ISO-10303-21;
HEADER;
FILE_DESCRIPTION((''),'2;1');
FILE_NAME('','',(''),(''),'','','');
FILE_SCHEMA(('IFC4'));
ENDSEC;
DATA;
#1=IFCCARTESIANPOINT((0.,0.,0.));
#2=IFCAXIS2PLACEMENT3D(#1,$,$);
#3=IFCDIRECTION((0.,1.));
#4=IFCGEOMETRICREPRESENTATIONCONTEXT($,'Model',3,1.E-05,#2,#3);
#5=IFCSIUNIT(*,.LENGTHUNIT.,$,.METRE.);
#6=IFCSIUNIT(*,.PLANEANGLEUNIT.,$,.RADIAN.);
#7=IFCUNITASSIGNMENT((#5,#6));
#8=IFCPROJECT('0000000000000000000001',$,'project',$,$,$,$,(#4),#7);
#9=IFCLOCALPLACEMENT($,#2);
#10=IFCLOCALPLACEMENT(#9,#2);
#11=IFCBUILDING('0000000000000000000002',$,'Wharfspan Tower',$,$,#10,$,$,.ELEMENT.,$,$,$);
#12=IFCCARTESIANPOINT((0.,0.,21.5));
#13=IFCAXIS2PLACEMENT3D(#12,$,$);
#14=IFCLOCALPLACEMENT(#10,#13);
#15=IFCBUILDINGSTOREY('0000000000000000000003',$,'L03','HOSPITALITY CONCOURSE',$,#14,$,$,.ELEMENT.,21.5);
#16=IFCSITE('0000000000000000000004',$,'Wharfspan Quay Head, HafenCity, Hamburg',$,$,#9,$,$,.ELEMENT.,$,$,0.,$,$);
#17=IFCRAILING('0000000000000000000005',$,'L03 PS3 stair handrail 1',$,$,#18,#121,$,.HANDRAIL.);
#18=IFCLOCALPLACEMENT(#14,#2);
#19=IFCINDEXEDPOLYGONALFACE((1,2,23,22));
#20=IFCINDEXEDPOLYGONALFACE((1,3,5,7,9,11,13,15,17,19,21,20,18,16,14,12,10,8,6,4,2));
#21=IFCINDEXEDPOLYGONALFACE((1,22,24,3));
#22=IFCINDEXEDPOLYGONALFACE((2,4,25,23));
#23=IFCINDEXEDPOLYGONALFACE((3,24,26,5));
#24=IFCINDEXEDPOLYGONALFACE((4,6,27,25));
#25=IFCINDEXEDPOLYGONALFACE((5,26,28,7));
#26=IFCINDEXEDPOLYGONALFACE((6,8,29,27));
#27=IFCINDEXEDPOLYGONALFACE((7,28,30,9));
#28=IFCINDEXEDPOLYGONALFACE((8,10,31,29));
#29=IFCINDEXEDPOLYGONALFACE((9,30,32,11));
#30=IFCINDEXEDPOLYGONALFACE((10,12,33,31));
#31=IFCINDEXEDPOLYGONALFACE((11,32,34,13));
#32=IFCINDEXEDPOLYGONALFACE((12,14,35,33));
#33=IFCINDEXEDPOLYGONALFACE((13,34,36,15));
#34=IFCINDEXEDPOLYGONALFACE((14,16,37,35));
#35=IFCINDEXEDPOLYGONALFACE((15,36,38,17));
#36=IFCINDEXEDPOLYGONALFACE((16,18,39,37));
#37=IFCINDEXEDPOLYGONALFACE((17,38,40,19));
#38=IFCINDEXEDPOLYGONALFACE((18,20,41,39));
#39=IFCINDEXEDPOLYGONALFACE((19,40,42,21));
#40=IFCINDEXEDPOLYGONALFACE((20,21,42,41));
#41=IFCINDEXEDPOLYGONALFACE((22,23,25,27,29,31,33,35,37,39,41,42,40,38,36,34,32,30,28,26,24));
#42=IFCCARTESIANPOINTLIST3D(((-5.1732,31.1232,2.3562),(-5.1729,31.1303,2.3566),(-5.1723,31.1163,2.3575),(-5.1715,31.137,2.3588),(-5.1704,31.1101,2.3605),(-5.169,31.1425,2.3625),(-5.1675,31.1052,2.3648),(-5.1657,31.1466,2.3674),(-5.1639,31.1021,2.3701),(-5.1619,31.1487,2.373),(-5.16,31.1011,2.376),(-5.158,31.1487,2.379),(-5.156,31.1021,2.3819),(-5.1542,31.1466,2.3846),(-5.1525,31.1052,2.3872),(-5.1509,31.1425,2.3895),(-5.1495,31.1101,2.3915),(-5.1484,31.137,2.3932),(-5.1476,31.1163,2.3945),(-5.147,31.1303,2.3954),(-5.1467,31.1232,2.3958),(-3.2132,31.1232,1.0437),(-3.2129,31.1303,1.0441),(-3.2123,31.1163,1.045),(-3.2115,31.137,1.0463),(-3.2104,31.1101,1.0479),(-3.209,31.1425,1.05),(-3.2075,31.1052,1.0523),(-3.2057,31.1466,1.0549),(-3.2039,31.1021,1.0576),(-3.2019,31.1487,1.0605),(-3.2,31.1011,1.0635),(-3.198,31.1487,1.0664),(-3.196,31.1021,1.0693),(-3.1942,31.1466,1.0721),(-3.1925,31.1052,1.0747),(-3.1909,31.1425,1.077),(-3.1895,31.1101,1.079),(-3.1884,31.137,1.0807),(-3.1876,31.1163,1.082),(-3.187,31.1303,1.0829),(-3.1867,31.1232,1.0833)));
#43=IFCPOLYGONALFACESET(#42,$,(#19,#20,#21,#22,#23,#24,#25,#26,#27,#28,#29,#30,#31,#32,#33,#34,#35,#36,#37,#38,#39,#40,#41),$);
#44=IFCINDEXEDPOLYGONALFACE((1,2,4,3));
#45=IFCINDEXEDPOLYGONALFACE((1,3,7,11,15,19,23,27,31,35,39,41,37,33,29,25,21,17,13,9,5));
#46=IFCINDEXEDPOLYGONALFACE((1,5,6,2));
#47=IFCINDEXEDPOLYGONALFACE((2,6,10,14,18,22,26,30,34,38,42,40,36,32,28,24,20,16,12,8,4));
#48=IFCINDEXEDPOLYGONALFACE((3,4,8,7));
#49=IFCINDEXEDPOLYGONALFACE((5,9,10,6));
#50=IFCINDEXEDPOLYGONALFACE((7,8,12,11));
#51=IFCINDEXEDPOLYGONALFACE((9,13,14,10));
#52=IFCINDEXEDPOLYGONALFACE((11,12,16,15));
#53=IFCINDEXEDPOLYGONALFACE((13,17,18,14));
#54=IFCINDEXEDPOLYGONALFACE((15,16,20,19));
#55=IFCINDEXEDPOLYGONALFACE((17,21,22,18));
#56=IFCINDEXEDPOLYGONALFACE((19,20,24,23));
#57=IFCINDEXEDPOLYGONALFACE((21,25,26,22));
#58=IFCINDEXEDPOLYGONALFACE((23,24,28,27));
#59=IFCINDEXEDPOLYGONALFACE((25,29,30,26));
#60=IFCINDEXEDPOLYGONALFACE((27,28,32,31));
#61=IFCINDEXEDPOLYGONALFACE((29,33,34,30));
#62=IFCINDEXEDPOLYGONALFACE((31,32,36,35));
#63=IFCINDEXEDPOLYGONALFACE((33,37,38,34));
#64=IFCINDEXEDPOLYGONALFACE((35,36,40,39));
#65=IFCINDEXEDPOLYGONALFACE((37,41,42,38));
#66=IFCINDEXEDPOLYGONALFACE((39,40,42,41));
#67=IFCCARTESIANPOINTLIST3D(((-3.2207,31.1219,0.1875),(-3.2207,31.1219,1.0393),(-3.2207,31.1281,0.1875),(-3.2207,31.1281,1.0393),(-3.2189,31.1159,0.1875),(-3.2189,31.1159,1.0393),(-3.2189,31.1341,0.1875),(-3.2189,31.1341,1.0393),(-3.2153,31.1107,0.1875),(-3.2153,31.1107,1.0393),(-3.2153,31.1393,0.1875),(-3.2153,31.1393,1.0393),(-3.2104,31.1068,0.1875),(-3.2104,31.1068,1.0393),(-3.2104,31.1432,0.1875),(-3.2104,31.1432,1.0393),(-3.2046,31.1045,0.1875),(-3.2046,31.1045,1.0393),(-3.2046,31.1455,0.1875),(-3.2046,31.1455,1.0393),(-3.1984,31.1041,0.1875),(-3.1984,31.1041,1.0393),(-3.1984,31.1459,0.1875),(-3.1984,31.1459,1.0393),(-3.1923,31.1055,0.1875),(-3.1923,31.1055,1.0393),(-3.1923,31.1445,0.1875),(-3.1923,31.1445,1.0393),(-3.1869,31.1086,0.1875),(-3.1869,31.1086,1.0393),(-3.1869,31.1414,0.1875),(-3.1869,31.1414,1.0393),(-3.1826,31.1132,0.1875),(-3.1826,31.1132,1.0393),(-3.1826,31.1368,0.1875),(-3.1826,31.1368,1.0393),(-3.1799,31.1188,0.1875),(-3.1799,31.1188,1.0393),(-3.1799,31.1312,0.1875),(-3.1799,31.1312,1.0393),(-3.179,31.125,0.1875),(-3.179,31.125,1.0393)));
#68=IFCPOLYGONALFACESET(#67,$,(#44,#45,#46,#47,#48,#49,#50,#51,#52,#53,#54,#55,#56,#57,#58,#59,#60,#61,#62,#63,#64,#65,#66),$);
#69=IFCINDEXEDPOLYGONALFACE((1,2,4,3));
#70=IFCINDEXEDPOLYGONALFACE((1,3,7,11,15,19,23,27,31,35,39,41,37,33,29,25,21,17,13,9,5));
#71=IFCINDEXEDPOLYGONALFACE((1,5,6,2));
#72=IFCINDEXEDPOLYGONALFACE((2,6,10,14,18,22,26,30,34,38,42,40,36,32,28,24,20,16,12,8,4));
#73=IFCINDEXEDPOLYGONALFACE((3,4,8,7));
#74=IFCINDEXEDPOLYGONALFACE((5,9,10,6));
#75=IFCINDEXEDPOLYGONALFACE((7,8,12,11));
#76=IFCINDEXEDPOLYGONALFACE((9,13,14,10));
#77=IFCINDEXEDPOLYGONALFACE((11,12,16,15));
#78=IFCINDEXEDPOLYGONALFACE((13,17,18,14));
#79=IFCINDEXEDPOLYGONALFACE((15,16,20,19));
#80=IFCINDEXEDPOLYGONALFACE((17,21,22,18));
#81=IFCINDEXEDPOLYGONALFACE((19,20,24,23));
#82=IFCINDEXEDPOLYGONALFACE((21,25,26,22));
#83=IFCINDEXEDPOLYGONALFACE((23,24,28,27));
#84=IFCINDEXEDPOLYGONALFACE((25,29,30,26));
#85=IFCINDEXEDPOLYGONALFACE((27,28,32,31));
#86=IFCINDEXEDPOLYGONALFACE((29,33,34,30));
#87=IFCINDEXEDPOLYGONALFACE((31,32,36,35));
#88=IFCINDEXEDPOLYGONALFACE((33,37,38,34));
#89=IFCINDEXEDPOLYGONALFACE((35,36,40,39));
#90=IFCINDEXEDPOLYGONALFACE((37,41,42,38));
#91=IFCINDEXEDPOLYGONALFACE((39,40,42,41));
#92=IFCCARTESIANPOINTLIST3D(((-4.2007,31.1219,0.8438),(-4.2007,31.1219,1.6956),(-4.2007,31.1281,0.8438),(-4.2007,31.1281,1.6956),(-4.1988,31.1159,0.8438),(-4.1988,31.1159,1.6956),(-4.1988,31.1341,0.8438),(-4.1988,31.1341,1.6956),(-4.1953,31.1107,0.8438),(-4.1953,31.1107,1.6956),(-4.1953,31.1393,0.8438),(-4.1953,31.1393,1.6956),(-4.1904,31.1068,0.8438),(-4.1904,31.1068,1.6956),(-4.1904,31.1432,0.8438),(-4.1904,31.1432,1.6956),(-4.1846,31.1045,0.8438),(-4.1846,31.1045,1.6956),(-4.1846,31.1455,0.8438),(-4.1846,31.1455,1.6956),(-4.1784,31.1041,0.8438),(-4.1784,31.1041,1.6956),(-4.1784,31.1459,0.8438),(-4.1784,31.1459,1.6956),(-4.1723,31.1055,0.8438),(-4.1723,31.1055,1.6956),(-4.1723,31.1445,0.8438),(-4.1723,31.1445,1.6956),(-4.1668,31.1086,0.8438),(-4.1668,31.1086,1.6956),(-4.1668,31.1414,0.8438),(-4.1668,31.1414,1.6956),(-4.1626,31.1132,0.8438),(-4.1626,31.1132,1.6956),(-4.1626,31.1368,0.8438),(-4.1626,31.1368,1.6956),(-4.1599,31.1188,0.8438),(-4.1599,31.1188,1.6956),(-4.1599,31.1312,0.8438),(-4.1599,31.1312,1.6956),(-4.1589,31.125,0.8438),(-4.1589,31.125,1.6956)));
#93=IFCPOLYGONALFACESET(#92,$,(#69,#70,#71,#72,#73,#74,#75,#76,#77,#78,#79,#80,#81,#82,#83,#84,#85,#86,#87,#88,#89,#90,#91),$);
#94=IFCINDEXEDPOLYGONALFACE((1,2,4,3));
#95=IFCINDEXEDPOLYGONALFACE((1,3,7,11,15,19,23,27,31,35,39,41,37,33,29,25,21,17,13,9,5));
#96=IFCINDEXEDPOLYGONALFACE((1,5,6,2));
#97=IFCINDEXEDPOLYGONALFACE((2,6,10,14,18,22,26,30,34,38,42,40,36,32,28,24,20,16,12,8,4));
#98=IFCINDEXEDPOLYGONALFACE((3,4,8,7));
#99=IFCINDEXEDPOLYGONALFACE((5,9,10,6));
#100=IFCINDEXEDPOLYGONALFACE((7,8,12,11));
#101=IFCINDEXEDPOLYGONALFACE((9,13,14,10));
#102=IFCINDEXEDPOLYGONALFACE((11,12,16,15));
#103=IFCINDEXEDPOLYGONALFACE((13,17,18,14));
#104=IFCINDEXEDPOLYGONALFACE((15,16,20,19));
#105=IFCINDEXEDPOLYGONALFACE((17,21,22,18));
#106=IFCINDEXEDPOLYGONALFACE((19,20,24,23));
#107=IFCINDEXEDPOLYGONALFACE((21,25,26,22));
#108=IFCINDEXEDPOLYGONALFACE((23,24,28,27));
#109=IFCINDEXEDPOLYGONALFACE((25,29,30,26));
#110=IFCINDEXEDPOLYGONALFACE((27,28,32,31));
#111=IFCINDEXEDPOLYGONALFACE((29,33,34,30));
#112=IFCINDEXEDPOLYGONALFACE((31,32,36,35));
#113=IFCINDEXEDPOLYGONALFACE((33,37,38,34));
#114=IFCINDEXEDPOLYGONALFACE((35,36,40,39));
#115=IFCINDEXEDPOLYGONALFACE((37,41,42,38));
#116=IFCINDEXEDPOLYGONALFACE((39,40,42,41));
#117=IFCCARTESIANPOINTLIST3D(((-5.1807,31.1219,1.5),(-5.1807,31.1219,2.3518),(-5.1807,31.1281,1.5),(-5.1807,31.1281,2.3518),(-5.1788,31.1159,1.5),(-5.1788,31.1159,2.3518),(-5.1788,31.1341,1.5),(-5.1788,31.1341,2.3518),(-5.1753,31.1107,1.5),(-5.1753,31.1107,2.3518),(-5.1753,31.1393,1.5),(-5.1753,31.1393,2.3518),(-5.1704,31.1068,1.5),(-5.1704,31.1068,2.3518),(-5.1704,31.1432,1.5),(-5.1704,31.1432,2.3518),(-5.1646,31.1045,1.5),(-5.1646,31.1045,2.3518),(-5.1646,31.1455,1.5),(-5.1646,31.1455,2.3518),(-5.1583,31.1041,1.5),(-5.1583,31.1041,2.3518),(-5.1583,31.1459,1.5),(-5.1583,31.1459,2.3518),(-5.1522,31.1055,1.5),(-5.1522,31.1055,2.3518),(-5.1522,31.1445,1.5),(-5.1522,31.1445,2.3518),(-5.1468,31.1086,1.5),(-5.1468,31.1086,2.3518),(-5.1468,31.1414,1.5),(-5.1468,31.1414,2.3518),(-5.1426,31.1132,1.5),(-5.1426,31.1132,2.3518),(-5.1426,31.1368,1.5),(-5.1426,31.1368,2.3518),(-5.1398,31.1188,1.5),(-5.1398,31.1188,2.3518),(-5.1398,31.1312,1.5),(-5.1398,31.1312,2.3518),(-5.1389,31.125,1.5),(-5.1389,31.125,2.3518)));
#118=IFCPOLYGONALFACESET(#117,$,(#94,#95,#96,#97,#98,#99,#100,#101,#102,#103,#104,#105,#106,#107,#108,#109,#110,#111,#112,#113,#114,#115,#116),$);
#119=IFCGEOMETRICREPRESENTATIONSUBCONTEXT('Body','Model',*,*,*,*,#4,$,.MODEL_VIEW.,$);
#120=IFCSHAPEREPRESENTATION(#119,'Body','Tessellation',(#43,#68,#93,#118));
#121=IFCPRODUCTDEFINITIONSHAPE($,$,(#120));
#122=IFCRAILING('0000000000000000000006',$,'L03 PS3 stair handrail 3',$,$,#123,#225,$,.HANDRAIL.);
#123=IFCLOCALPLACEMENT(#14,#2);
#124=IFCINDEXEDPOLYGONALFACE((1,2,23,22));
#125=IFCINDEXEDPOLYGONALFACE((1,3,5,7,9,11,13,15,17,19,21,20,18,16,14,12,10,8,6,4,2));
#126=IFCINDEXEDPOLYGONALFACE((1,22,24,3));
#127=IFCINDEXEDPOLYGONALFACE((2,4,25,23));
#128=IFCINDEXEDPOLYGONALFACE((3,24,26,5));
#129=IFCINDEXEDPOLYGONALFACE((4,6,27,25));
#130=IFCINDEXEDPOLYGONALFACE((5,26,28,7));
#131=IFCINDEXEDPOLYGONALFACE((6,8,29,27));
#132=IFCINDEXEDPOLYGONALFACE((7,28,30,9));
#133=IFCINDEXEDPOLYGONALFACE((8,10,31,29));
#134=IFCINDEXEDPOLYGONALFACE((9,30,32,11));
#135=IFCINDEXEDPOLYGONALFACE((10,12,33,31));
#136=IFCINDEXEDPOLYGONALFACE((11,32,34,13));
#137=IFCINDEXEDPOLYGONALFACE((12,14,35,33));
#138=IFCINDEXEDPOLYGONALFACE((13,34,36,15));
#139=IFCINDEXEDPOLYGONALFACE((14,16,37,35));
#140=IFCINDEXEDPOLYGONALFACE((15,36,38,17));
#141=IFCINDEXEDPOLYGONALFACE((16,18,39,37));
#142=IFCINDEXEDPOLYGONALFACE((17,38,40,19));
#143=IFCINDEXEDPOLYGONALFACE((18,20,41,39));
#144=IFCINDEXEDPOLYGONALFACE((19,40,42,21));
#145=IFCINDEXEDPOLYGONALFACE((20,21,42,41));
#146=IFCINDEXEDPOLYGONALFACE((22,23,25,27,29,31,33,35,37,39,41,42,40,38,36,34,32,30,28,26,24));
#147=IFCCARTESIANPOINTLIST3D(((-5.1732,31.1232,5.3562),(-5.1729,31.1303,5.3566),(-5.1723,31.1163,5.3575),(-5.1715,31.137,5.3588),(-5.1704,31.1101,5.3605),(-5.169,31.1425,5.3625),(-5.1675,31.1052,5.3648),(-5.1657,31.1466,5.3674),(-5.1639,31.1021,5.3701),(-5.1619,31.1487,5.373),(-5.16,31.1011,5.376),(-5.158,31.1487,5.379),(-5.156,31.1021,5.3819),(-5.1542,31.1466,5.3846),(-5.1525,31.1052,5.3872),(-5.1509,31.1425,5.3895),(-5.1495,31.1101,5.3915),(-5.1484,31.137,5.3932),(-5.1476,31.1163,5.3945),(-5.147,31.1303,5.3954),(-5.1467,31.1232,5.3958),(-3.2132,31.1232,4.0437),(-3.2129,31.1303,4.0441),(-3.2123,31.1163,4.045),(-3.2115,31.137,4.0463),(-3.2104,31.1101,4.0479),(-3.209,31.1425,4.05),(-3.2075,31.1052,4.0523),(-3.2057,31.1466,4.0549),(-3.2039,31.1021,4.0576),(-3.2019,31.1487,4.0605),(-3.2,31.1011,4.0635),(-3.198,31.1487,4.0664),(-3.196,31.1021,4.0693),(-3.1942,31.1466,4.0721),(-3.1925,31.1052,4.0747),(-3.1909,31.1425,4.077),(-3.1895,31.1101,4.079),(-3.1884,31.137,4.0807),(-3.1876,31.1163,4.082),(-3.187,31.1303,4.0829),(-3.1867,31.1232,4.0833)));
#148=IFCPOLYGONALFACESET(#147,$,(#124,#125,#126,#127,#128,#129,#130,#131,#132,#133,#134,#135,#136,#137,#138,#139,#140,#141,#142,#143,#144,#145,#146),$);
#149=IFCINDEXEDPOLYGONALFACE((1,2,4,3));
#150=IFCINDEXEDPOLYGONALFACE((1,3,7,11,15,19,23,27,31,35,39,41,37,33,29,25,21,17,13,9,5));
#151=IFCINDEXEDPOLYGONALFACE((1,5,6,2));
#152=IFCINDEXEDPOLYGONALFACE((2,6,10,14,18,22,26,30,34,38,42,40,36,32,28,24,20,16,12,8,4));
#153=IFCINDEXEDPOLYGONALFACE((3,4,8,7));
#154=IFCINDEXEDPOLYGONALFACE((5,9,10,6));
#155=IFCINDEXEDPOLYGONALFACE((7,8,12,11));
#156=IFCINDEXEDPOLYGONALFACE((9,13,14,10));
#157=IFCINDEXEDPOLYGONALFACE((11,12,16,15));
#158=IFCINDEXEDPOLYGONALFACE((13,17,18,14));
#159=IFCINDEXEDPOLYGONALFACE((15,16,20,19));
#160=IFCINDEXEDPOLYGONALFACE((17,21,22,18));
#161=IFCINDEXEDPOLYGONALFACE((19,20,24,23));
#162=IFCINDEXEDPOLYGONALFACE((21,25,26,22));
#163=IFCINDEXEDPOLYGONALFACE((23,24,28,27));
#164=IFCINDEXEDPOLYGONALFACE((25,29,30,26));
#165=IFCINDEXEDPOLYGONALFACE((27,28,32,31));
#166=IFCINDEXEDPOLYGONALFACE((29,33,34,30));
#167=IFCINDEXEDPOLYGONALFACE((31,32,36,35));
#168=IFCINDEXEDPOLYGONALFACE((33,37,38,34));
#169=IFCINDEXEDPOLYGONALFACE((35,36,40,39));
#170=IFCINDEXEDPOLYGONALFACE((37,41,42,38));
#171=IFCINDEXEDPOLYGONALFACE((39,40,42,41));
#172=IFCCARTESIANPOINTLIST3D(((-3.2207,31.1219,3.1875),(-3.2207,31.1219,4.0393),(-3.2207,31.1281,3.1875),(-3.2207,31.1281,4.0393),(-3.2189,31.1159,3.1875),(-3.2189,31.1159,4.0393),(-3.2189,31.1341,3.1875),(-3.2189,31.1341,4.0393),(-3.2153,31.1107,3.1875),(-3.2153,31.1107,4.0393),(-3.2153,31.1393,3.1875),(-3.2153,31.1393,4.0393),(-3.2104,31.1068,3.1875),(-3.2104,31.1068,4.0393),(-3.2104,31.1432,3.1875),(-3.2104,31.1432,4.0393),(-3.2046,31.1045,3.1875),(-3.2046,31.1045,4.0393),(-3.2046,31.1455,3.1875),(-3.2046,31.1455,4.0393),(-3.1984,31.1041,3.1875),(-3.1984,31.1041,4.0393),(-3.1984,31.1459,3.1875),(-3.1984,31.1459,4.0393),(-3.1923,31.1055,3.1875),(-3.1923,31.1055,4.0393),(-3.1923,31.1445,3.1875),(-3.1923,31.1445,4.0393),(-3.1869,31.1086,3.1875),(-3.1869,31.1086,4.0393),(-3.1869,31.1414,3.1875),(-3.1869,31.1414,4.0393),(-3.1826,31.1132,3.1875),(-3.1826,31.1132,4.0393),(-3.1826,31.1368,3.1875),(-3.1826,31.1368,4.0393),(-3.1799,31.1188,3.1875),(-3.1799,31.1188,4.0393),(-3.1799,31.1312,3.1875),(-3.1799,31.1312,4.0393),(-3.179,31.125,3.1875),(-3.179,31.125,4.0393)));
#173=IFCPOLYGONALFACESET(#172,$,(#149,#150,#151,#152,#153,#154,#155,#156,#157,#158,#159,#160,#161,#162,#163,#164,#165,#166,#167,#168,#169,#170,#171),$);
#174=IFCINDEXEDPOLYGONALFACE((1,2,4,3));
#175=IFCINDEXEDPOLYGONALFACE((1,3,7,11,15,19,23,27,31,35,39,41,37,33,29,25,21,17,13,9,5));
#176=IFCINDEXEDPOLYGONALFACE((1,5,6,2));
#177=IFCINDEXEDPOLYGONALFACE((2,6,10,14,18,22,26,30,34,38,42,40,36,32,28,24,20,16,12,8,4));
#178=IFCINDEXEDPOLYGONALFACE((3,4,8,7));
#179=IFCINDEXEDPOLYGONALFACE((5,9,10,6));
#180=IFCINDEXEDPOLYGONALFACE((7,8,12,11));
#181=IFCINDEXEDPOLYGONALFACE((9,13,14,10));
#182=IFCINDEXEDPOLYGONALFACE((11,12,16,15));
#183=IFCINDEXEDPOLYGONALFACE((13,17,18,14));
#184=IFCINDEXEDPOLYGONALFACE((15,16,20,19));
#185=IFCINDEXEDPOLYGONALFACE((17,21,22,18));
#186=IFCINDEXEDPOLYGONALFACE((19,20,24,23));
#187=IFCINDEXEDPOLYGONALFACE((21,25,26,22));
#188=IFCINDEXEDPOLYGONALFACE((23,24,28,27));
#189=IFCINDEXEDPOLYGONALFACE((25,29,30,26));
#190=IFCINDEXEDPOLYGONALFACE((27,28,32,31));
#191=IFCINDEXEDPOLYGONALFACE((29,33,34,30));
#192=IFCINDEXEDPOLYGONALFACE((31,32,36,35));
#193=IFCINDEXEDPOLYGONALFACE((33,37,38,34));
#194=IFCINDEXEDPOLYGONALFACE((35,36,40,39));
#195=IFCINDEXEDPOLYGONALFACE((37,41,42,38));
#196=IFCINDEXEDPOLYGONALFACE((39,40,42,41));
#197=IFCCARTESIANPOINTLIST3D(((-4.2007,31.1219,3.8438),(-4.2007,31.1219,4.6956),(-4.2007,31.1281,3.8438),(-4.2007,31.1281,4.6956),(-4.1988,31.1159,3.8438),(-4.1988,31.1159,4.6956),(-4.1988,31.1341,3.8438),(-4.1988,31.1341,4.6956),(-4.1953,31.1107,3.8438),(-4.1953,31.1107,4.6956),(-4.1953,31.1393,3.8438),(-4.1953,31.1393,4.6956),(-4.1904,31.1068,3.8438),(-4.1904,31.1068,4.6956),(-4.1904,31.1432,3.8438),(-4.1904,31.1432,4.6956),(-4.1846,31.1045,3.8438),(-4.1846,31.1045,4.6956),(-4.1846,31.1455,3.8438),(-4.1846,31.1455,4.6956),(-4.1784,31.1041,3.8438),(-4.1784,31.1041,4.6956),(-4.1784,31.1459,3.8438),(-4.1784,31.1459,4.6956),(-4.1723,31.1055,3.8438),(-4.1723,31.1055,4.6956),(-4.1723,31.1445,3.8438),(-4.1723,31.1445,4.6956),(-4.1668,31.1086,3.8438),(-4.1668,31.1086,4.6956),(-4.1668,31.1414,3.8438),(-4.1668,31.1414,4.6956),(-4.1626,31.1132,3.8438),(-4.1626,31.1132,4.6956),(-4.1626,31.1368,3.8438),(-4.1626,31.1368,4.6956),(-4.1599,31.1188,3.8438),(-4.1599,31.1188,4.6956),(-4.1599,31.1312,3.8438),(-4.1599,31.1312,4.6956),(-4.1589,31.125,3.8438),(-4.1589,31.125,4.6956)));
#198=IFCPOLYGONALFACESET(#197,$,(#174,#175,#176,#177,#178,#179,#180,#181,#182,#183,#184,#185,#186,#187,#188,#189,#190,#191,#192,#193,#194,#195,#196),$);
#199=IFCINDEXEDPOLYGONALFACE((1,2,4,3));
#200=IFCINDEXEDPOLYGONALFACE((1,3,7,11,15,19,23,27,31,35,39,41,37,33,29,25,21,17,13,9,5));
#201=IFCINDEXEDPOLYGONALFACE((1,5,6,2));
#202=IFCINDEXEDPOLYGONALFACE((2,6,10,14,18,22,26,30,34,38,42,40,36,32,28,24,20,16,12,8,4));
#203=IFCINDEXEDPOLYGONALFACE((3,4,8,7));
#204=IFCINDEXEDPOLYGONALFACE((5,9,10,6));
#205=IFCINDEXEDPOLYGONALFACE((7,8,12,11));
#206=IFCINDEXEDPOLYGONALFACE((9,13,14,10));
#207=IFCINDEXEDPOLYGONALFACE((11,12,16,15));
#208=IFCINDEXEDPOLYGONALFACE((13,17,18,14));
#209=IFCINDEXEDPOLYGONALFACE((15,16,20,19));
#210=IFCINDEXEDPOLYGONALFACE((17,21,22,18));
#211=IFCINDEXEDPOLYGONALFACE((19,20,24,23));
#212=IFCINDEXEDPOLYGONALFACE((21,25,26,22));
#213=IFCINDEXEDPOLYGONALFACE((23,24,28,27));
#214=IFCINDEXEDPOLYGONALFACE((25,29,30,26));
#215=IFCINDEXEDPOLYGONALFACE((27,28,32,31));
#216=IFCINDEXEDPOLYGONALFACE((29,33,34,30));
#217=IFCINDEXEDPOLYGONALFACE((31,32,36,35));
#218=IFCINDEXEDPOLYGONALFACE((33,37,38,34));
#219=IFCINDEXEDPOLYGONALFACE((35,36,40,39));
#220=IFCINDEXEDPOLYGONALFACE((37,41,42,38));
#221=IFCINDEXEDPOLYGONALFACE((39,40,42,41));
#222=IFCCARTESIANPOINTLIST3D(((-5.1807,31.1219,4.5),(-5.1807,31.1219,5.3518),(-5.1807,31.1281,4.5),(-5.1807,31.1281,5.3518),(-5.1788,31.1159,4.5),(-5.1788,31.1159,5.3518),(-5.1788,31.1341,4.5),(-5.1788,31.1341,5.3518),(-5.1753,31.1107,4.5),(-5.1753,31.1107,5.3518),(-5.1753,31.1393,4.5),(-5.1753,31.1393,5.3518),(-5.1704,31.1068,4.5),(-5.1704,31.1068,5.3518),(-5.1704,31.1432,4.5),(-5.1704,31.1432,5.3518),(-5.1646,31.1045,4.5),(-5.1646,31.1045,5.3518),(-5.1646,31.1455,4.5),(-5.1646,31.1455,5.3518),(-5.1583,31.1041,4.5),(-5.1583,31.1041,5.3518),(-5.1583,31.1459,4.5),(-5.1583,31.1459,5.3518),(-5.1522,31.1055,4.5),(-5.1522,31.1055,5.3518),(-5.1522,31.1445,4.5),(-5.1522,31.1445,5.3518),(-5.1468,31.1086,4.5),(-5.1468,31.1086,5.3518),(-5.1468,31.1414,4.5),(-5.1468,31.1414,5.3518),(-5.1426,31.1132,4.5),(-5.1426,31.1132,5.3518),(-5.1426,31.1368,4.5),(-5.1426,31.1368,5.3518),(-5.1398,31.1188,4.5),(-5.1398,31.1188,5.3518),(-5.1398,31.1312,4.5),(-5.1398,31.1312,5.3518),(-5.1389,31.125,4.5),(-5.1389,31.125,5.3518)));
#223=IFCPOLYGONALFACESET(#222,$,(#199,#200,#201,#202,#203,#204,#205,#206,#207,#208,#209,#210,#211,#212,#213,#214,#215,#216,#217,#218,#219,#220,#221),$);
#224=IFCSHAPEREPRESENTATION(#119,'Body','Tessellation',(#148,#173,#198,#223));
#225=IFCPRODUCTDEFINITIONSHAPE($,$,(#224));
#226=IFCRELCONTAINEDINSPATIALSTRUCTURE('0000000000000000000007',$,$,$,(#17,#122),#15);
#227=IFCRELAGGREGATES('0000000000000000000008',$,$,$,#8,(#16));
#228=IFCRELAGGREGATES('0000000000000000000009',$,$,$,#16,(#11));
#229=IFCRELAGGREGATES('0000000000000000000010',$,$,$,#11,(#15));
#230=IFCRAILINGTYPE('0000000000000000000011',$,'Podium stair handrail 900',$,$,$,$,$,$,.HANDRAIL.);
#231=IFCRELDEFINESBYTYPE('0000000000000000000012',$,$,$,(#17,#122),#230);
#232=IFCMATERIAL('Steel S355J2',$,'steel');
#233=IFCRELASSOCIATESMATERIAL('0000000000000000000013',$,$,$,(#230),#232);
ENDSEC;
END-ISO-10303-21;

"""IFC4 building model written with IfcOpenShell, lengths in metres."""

from ifc_helpers import new_model, si_unit, direction, frame, origin, origin_2d, place, context, subcontext, project, spatial, circle, extrude, material, type_object, element, save


model = new_model("IFC4")

# Units and contexts
model_context = context("Model", 3, precision=1e-05, world=origin(), true_north=direction((0.0, 1.0)))
body_context = subcontext(model_context, "Body", "Model", "MODEL_VIEW")
ifc_project = project(units=[si_unit("LENGTHUNIT", "METRE"), si_unit("PLANEANGLEUNIT", "RADIAN")], contexts=[model_context])

# Site, building, storey
site_placement = place(None, origin())
site = spatial("IfcSite", under=ifc_project, at=site_placement, Name="Wharfspan Quay Head, HafenCity, Hamburg", CompositionType="ELEMENT", RefElevation=0.0)
building_placement = place(site_placement, origin())
building = spatial("IfcBuilding", under=site, at=building_placement, Name="Wharfspan Tower", CompositionType="ELEMENT")
storey_placement = place(building_placement, frame((0.0, 0.0, 21.5)))
storey = spatial("IfcBuildingStorey", under=building, at=storey_placement, Name="L03", Description="HOSPITALITY CONCOURSE", CompositionType="ELEMENT", Elevation=21.5)

# Railings
ifc_material_1 = material(Name="Steel S355J2", Category="steel")
railing_type = type_object("IfcRailingType", Name="Podium stair handrail 900", PredefinedType="HANDRAIL", material=ifc_material_1)
for number, where, name in (
    (1, (-3.2, 31.125, 0.1875), "L03 PS3 stair handrail 1"),
    (2, (-3.2, 31.125, 3.1875), "L03 PS3 stair handrail 3"),
):
    element("IfcRailing", number, at=place(storey_placement, frame(where)), inside=storey, type_object=railing_type, Name=name, PredefinedType="HANDRAIL", context=body_context, shape_type="SweptSolid", body=[
        extrude(circle(Radius=0.0239, at=origin_2d()), frame((0.0, 0.0, 0.876), z_axis=(-0.830902, 0.0, 0.556419), x_axis=(0.0, -1.0, 0.0)), (0.0, 0.0, 1.0), 2.3589),
        extrude(circle(Radius=0.021, at=origin_2d()), origin(), (0.0, 0.0, 1.0), 0.8518),
        extrude(circle(Radius=0.021, at=origin_2d()), frame((-0.98, 0.0, 0.6562)), (0.0, 0.0, 1.0), 0.8518),
        extrude(circle(Radius=0.021, at=origin_2d()), frame((-1.96, 0.0, 1.3125)), (0.0, 0.0, 1.0), 0.8518),
    ])

save(model, "model.ifc")
